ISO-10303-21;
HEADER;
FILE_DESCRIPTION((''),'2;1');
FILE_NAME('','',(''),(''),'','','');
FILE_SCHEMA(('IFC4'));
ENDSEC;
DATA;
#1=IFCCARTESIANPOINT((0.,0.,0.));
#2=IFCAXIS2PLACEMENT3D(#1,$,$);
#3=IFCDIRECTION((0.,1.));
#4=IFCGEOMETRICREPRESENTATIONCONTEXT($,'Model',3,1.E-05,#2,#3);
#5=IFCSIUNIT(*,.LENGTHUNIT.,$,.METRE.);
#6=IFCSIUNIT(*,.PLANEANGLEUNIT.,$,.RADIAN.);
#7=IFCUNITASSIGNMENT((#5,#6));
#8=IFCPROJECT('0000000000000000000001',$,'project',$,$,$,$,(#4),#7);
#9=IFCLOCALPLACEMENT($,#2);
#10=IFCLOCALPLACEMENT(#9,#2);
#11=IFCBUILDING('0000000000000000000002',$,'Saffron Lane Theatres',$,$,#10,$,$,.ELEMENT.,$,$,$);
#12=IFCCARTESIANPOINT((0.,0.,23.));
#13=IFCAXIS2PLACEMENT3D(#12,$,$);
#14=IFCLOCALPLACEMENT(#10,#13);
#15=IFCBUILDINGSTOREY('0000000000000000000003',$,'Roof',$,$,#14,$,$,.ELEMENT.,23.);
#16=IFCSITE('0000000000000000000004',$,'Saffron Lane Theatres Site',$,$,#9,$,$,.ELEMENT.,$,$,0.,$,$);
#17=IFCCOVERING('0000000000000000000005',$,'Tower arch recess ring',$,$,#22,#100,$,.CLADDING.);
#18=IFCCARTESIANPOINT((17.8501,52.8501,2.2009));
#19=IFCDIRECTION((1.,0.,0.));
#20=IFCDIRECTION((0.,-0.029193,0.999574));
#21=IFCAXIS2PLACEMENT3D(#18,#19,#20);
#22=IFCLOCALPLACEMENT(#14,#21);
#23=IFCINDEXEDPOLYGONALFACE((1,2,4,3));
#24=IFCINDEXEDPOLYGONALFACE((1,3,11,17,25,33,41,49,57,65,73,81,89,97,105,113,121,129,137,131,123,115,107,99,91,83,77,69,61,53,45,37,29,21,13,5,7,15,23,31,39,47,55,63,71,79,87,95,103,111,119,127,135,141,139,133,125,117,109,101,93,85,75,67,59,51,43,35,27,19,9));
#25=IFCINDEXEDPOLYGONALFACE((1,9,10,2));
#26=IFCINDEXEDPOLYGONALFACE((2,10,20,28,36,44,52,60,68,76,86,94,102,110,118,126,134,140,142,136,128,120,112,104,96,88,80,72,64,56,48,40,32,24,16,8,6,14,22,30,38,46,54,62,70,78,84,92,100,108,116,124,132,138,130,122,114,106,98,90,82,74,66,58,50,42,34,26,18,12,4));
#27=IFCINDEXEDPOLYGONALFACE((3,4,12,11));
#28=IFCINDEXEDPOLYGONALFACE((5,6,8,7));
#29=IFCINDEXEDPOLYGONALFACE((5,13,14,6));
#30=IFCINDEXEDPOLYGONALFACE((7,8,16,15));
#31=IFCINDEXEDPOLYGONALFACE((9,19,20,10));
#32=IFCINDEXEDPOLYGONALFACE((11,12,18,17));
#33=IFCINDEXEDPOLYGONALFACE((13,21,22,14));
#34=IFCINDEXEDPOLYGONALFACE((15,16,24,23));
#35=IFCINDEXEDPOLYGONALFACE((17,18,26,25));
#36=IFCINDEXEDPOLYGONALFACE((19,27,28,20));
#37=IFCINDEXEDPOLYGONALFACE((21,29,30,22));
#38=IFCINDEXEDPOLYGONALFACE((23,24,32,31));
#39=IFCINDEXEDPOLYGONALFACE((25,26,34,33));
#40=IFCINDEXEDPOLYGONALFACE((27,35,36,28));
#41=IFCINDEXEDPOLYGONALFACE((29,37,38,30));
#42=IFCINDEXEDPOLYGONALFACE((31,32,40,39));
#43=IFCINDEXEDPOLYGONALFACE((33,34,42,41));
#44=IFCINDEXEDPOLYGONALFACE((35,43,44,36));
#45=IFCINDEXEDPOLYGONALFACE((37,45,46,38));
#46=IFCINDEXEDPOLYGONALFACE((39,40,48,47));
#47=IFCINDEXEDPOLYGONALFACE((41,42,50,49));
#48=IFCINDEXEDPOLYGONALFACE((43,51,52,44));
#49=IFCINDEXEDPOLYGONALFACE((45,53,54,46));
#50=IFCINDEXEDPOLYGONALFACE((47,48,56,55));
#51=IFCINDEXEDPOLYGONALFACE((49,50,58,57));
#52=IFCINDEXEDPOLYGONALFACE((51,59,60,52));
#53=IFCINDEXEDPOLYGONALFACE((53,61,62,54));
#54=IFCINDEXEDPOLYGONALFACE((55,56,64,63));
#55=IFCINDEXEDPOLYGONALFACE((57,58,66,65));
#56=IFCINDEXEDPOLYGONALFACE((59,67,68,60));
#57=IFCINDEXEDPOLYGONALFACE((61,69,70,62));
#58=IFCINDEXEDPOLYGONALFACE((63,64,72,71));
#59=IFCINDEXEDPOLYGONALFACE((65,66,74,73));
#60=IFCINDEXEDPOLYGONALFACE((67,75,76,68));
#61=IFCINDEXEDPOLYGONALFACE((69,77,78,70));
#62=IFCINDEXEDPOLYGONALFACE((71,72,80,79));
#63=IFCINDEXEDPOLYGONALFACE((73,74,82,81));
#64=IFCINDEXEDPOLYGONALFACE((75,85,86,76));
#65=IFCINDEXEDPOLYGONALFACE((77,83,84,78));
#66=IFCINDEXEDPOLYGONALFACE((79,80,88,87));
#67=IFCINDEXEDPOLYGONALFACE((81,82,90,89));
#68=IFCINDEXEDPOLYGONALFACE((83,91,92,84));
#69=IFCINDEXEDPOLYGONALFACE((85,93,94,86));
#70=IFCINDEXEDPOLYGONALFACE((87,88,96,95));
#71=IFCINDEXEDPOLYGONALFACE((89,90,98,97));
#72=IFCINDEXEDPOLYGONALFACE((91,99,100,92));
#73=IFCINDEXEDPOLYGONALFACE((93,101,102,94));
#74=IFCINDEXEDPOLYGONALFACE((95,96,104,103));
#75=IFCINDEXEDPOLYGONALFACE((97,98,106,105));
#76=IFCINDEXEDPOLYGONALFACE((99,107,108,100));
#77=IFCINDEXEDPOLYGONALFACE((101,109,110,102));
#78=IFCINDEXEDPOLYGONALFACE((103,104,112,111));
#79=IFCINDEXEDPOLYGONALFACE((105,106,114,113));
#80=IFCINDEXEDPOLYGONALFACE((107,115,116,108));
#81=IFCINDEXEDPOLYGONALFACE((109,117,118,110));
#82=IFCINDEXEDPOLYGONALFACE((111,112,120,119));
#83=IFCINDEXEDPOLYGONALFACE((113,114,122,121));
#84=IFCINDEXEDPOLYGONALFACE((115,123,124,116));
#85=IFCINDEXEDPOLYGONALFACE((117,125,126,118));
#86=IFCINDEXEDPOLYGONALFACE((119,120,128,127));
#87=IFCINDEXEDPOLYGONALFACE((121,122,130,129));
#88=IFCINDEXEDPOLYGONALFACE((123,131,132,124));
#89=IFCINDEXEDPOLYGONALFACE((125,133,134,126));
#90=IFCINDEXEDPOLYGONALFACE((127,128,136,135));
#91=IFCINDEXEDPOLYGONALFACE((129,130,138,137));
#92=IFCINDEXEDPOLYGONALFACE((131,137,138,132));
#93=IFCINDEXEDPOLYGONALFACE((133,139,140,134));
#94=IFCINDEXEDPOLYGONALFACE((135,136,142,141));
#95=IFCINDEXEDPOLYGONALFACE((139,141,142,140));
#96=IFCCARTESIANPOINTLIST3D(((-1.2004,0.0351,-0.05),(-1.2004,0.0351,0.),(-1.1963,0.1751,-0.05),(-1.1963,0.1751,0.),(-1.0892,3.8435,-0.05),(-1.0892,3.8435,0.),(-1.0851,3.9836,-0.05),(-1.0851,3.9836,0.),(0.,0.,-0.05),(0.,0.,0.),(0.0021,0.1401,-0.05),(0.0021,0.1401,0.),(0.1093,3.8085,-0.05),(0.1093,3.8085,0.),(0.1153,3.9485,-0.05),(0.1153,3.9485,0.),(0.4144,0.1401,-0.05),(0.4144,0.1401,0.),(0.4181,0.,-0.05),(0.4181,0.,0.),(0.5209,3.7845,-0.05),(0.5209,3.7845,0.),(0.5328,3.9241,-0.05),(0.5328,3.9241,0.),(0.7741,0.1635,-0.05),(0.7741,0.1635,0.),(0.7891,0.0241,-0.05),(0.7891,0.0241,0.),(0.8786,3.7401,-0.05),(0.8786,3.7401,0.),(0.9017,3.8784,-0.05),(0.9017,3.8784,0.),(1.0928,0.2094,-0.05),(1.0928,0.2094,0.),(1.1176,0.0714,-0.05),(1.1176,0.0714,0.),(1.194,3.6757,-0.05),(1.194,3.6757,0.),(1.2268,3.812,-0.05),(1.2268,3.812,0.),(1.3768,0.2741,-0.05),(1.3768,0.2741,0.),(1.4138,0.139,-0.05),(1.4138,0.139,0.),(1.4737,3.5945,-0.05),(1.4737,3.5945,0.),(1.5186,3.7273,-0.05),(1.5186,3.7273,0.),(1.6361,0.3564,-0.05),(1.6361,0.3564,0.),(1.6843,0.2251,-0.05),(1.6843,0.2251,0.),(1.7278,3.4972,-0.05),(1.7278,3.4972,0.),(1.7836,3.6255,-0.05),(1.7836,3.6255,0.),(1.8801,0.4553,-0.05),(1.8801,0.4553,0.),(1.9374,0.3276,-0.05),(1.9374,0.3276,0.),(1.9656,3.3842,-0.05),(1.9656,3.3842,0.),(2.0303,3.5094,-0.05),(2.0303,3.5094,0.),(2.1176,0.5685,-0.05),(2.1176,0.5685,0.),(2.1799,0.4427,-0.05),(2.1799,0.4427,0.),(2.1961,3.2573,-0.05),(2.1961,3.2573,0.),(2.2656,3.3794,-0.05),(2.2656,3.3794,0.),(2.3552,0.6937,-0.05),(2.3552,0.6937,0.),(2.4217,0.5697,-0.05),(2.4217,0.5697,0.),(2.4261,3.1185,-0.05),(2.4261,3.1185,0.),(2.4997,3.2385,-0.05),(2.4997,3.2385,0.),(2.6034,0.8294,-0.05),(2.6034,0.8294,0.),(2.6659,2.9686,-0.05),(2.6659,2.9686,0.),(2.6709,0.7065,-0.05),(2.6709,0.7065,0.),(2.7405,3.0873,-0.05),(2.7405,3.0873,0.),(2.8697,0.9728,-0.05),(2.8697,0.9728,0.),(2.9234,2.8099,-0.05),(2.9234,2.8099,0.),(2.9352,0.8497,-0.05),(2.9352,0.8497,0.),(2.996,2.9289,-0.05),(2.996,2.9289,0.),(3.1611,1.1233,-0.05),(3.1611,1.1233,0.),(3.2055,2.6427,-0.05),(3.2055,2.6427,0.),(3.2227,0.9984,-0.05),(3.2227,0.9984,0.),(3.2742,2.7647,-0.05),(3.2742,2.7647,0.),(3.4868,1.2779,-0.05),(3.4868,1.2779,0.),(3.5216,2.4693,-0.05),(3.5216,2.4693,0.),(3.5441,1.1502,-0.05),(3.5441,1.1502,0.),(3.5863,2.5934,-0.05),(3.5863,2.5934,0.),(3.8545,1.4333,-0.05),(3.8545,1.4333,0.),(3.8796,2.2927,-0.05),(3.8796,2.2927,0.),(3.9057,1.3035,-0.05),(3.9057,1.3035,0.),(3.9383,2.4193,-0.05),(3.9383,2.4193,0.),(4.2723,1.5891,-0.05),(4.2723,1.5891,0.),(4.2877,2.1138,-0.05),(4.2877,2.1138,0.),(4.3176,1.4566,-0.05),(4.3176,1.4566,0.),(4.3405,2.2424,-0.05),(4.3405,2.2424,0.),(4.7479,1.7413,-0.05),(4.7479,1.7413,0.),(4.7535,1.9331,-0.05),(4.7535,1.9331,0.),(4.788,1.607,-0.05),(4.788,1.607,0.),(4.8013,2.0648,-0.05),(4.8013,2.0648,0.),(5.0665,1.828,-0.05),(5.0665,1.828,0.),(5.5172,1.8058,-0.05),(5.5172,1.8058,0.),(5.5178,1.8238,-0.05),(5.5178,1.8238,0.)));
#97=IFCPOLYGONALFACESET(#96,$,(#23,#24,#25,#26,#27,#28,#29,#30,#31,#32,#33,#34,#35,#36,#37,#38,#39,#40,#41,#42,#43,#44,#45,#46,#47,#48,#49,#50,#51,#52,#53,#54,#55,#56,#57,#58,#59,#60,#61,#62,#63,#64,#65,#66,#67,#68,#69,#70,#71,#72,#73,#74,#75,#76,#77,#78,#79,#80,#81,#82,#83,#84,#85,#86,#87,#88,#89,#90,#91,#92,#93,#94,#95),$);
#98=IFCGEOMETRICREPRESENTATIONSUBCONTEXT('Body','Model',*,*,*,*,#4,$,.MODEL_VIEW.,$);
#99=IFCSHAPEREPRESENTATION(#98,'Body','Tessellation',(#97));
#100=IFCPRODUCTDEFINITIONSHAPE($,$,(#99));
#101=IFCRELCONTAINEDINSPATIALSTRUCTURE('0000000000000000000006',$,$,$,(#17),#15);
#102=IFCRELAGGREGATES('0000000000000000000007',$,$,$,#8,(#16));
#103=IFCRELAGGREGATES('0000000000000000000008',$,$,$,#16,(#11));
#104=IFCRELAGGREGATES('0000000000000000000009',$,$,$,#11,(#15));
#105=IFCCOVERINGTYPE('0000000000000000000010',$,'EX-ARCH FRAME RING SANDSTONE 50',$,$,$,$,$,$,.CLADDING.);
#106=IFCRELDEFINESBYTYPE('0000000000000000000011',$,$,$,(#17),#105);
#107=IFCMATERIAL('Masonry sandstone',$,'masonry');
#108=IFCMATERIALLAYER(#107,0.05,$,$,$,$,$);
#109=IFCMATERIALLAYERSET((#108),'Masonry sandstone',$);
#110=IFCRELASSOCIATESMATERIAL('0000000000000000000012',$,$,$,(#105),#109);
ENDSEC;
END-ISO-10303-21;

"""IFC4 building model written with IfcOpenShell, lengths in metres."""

from ifc_helpers import new_model, si_unit, direction, frame, origin, place, context, subcontext, project, spatial, polyline, outline, extrude, material, layer, layer_set, type_object, element, save


model = new_model("IFC4")

# Units and contexts
model_context = context("Model", 3, precision=1e-05, world=origin(), true_north=direction((0.0, 1.0)))
body_context = subcontext(model_context, "Body", "Model", "MODEL_VIEW")
ifc_project = project(units=[si_unit("LENGTHUNIT", "METRE"), si_unit("PLANEANGLEUNIT", "RADIAN")], contexts=[model_context])

# Site, building, storey
site_placement = place(None, origin())
site = spatial("IfcSite", under=ifc_project, at=site_placement, Name="Saffron Lane Theatres Site", CompositionType="ELEMENT", RefElevation=0.0)
building_placement = place(site_placement, origin())
building = spatial("IfcBuilding", under=site, at=building_placement, Name="Saffron Lane Theatres", CompositionType="ELEMENT")
storey_placement = place(building_placement, frame((0.0, 0.0, 23.0)))
storey = spatial("IfcBuildingStorey", under=building, at=storey_placement, Name="Roof", CompositionType="ELEMENT", Elevation=23.0)

# Covering
ifc_material_1 = material(Name="Masonry sandstone", Category="masonry")
ifc_layer_1 = layer(ifc_material_1, 0.05)
ifc_layer_set_1 = layer_set([ifc_layer_1], Name="Masonry sandstone")
covering_type_1 = type_object("IfcCoveringType", Name="EX-ARCH FRAME RING SANDSTONE 50", PredefinedType="CLADDING", material=ifc_layer_set_1)
covering_1_placement = place(storey_placement, frame((17.8501, 52.8501, 2.2009), z_axis=(1.0, 0.0, 0.0), x_axis=(0.0, -0.029193, 0.999574)))
element("IfcCovering", 1, at=covering_1_placement, inside=storey, type_object=covering_type_1, Name="Tower arch recess ring", PredefinedType="CLADDING", context=body_context, shape_type="SweptSolid", body=[
    extrude(outline(polyline([(0.0, 0.0), (0.4181, 0.0), (0.7891, 0.0241), (1.1176, 0.0714), (1.4138, 0.139), (1.6843, 0.2251), (1.9374, 0.3276), (2.1799, 0.4427), (2.4217, 0.5697), (2.6709, 0.7065), (2.9352, 0.8497), (3.2227, 0.9984), (3.5441, 1.1502), (3.9057, 1.3035), (4.3176, 1.4566), (4.788, 1.607), (5.5172, 1.8058), (5.5178, 1.8238), (4.8013, 2.0648), (4.3405, 2.2424), (3.9383, 2.4193), (3.5863, 2.5934), (3.2742, 2.7647), (2.996, 2.9289), (2.7405, 3.0873), (2.4997, 3.2385), (2.2656, 3.3794), (2.0303, 3.5094), (1.7836, 3.6255), (1.5186, 3.7273), (1.2268, 3.812), (0.9017, 3.8784), (0.5328, 3.9241), (0.1153, 3.9485), (-1.0851, 3.9836), (-1.0892, 3.8435), (0.1093, 3.8085), (0.5209, 3.7845), (0.8786, 3.7401), (1.194, 3.6757), (1.4737, 3.5945), (1.7278, 3.4972), (1.9656, 3.3842), (2.1961, 3.2573), (2.4261, 3.1185), (2.6659, 2.9686), (2.9234, 2.8099), (3.2055, 2.6427), (3.5216, 2.4693), (3.8796, 2.2927), (4.2877, 2.1138), (4.7535, 1.9331), (5.0665, 1.828), (4.7479, 1.7413), (4.2723, 1.5891), (3.8545, 1.4333), (3.4868, 1.2779), (3.1611, 1.1233), (2.8697, 0.9728), (2.6034, 0.8294), (2.3552, 0.6937), (2.1176, 0.5685), (1.8801, 0.4553), (1.6361, 0.3564), (1.3768, 0.2741), (1.0928, 0.2094), (0.7741, 0.1635), (0.4144, 0.1401), (0.0021, 0.1401), (-1.1963, 0.1751), (-1.2004, 0.0351), (0.0, 0.0)])), origin(), (0.0, 0.0, -1.0), 0.05),
])

save(model, "model.ifc")
